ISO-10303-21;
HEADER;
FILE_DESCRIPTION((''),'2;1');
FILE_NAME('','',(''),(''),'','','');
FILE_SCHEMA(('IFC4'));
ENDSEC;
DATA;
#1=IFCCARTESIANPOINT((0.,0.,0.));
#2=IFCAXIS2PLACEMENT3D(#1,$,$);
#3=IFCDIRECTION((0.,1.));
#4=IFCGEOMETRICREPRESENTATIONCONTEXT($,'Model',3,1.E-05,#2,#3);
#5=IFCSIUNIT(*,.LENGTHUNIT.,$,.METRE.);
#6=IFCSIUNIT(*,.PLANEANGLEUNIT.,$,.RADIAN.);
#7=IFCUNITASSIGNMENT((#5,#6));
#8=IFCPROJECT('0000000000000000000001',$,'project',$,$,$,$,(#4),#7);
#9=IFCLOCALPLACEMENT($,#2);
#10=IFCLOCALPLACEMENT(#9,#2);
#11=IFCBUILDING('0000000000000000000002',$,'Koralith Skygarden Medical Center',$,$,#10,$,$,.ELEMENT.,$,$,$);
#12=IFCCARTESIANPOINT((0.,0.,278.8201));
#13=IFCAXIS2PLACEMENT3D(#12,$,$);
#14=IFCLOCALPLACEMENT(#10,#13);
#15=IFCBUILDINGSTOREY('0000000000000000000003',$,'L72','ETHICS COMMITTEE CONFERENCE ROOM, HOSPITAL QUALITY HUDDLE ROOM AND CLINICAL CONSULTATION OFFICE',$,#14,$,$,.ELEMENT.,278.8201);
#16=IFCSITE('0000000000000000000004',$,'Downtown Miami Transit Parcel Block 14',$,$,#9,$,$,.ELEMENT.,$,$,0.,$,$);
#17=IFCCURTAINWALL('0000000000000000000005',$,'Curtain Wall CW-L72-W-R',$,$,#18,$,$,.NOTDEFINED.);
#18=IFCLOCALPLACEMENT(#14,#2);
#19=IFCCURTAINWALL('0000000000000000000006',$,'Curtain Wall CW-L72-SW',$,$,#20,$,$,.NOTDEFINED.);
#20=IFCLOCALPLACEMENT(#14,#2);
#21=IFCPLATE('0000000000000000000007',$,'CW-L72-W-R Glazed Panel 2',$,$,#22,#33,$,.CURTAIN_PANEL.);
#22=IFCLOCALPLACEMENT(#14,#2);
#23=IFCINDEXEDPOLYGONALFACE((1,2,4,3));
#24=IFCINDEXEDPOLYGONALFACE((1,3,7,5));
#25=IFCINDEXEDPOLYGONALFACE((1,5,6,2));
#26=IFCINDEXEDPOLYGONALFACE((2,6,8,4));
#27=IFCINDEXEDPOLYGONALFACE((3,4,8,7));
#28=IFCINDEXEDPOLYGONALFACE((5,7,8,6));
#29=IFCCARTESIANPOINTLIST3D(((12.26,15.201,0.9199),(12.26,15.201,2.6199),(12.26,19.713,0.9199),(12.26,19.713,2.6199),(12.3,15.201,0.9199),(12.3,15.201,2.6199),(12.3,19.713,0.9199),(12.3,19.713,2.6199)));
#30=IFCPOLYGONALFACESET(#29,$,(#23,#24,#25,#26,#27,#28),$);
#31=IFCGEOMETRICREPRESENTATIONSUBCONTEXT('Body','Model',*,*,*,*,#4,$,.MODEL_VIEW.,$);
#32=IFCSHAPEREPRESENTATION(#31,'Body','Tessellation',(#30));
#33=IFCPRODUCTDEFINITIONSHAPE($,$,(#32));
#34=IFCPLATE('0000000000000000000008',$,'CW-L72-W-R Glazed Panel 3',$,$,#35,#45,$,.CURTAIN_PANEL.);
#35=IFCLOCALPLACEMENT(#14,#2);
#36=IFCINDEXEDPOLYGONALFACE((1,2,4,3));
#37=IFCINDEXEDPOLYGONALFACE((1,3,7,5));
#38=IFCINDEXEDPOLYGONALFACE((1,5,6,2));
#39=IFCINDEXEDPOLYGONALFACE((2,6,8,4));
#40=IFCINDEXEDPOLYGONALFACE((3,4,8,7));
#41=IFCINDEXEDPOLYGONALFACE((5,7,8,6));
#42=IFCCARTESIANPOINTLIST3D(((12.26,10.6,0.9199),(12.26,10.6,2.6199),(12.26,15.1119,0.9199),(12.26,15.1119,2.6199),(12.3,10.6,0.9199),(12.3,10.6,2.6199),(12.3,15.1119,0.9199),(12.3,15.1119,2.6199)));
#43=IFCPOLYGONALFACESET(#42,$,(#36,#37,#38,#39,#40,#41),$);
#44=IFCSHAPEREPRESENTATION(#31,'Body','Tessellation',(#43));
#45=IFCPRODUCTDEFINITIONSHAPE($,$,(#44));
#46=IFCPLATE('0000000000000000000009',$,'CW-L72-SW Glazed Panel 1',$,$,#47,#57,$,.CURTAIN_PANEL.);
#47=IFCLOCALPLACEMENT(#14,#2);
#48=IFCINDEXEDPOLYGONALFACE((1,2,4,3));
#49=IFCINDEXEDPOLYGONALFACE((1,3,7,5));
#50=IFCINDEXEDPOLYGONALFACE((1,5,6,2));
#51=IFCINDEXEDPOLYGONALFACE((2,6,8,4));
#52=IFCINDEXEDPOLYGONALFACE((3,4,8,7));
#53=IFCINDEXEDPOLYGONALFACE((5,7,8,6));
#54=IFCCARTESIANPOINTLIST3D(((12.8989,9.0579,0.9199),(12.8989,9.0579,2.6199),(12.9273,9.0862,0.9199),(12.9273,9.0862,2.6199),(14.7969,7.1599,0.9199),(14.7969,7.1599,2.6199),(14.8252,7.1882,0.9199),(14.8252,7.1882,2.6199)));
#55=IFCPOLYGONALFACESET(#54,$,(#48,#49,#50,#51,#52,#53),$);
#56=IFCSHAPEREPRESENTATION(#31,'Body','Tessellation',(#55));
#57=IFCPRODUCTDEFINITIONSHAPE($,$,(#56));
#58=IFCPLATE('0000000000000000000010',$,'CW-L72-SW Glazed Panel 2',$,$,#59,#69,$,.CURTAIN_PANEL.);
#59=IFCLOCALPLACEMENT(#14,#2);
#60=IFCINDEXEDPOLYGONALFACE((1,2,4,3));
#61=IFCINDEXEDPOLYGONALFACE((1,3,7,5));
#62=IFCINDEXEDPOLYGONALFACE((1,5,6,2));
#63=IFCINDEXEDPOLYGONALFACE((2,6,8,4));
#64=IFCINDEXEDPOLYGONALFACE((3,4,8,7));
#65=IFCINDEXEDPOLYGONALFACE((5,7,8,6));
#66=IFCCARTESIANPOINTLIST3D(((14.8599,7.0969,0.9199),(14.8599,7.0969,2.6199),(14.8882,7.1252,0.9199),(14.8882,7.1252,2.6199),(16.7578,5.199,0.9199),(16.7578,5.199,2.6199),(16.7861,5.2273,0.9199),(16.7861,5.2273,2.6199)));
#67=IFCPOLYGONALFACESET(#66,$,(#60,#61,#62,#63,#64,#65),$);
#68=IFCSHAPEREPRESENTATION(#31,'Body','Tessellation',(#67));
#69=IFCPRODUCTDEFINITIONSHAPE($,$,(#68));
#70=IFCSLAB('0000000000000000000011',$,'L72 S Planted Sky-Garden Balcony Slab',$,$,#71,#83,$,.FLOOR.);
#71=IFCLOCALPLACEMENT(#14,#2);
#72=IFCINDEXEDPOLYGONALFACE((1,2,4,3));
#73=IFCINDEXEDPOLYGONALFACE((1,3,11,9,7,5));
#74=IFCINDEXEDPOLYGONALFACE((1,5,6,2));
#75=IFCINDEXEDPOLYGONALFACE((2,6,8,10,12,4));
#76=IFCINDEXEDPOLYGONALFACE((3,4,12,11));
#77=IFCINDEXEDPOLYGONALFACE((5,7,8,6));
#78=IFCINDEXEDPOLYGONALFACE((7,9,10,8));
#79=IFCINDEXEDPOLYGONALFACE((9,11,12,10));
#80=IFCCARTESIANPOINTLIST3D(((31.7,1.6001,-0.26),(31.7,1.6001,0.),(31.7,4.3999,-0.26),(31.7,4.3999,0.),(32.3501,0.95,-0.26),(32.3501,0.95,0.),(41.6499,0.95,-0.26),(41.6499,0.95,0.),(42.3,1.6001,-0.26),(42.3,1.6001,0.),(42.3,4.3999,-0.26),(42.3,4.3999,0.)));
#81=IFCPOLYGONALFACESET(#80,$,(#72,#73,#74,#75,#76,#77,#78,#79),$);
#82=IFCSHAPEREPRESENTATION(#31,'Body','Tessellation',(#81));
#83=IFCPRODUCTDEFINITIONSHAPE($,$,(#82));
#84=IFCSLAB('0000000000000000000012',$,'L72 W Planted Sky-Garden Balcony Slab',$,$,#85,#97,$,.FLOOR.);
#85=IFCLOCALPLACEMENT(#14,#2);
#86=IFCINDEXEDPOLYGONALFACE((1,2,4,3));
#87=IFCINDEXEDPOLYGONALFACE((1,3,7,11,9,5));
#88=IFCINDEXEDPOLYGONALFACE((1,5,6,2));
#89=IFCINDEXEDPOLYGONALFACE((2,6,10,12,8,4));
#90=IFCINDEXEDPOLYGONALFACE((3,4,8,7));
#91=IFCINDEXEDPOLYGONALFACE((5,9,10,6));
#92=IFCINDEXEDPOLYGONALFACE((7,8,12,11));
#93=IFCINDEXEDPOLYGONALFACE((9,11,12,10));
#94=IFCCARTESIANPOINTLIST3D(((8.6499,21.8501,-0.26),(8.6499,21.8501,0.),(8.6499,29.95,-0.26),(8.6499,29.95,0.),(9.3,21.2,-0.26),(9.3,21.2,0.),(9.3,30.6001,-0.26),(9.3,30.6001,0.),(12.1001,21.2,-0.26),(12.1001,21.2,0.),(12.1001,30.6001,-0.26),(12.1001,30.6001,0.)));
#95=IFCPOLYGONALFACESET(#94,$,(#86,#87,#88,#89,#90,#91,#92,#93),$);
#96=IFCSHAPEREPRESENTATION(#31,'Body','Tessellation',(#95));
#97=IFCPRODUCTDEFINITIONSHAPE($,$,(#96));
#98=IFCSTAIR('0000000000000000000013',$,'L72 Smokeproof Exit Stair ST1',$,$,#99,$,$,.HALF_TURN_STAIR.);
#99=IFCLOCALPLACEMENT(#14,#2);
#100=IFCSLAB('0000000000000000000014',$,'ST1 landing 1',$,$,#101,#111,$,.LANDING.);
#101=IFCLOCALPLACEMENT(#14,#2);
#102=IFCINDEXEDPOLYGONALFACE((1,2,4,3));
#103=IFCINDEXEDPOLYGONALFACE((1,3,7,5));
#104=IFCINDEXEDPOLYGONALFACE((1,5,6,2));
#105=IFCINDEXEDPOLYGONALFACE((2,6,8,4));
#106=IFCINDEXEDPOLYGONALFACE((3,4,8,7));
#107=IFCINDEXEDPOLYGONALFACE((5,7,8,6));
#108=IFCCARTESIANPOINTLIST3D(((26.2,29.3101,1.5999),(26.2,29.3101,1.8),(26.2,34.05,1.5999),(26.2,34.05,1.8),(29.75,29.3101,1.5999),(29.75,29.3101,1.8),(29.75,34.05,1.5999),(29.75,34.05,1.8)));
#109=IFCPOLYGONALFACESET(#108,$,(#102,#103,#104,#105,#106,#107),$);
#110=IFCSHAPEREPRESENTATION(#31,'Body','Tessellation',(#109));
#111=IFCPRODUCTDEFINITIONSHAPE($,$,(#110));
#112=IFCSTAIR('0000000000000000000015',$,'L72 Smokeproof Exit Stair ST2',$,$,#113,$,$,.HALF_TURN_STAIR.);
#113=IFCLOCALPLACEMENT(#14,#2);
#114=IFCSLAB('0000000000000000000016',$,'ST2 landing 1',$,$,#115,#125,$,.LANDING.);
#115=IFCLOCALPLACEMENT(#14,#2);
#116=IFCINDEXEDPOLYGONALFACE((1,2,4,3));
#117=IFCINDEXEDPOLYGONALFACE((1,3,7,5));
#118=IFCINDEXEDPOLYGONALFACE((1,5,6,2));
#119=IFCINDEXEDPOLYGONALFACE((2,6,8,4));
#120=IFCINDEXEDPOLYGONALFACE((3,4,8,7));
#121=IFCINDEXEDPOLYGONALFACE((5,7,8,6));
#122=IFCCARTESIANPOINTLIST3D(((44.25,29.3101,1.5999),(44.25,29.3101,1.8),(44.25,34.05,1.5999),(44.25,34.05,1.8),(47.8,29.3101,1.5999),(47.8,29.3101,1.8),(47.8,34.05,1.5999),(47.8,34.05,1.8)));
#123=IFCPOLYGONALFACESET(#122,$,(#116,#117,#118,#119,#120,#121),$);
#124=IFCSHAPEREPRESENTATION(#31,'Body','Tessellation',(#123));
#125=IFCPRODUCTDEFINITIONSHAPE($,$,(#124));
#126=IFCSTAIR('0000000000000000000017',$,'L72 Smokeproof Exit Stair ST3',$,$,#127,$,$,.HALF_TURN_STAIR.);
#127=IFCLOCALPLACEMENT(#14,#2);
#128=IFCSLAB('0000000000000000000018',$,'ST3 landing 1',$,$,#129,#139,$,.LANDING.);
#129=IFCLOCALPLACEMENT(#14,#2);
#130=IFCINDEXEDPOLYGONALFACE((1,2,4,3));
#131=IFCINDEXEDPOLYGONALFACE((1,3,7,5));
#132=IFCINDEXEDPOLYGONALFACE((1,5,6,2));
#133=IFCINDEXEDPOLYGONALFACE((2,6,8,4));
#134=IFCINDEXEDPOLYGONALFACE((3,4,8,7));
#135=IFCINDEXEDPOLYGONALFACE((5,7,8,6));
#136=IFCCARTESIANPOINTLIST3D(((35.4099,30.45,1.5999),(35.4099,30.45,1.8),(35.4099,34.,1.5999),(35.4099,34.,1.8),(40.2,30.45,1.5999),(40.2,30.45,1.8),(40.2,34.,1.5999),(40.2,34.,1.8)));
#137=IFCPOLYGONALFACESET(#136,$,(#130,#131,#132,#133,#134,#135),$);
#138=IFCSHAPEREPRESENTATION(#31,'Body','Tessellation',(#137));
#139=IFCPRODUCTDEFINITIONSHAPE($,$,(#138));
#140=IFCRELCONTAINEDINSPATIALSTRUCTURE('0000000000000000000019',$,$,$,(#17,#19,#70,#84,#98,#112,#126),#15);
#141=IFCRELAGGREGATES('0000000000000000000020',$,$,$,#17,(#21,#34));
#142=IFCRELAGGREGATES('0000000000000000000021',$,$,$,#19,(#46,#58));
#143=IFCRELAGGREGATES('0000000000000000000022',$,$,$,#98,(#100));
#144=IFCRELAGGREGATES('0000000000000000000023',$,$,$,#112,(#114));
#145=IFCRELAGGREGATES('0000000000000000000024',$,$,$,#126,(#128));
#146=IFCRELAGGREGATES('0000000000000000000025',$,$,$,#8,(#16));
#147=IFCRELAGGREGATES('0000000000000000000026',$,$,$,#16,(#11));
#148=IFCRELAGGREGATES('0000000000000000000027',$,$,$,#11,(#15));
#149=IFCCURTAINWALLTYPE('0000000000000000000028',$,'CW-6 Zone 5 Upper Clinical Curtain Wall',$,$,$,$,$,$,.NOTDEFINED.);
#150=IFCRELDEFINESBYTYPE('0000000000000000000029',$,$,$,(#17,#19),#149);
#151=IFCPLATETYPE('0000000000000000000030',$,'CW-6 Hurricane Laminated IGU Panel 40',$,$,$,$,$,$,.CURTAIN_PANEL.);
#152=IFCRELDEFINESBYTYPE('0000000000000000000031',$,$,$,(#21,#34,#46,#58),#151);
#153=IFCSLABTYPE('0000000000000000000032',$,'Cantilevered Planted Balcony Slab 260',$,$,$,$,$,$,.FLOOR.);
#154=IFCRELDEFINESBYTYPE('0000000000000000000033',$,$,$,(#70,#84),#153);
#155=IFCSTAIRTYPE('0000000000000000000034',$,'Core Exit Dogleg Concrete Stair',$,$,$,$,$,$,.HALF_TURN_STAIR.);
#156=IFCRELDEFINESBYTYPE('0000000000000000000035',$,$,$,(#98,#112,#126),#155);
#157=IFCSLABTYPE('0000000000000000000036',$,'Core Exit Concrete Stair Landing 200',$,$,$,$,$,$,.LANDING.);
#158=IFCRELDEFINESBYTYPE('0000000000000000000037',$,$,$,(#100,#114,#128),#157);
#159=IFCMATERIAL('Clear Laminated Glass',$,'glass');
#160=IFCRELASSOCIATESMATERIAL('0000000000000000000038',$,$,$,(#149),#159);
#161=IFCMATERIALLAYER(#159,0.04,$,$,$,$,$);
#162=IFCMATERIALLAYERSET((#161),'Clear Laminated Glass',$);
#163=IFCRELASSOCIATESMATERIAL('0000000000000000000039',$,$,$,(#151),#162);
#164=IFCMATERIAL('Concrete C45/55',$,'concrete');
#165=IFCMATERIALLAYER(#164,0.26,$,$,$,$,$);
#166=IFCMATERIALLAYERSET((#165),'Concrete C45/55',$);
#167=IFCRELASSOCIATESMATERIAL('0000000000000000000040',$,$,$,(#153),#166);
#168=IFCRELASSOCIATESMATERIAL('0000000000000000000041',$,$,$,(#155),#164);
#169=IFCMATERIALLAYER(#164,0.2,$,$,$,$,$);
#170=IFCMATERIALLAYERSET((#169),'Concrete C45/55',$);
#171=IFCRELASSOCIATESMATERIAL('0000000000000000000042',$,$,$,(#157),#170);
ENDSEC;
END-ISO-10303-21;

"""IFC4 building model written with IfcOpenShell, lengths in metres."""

from ifc_helpers import new_model, si_unit, direction, frame, origin, origin_2d, place, context, subcontext, project, spatial, polyline, rectangle, outline, extrude, material, layer, layer_set, type_object, element, aggregate, save


model = new_model("IFC4")

# Units and contexts
model_context = context("Model", 3, precision=1e-05, world=origin(), true_north=direction((0.0, 1.0)))
body_context = subcontext(model_context, "Body", "Model", "MODEL_VIEW")
ifc_project = project(units=[si_unit("LENGTHUNIT", "METRE"), si_unit("PLANEANGLEUNIT", "RADIAN")], contexts=[model_context])

# Site, building, storey
site_placement = place(None, origin())
site = spatial("IfcSite", under=ifc_project, at=site_placement, Name="Downtown Miami Transit Parcel Block 14", CompositionType="ELEMENT", RefElevation=0.0)
building_placement = place(site_placement, origin())
building = spatial("IfcBuilding", under=site, at=building_placement, Name="Koralith Skygarden Medical Center", CompositionType="ELEMENT")
storey_placement = place(building_placement, frame((0.0, 0.0, 278.8201)))
storey = spatial("IfcBuildingStorey", under=building, at=storey_placement, Name="L72", Description="ETHICS COMMITTEE CONFERENCE ROOM, HOSPITAL QUALITY HUDDLE ROOM AND CLINICAL CONSULTATION OFFICE", CompositionType="ELEMENT", Elevation=278.8201)

# Shared definitions
ifc_material_1 = material(Name="Clear Laminated Glass", Category="glass")
curtain_wall_type = type_object("IfcCurtainWallType", Name="CW-6 Zone 5 Upper Clinical Curtain Wall", PredefinedType="NOTDEFINED", material=ifc_material_1)

# Curtain walls
curtain_wall_1_placement = place(storey_placement, origin())
curtain_wall_1 = element("IfcCurtainWall", 1, at=curtain_wall_1_placement, inside=storey, type_object=curtain_wall_type, Name="Curtain Wall CW-L72-W-R", PredefinedType="NOTDEFINED")
curtain_wall_2_placement = place(storey_placement, origin())
curtain_wall_2 = element("IfcCurtainWall", 2, at=curtain_wall_2_placement, inside=storey, type_object=curtain_wall_type, Name="Curtain Wall CW-L72-SW", PredefinedType="NOTDEFINED")

# Shared definitions
ifc_material_2 = material(Name="Concrete C45/55", Category="concrete")

# Plates
ifc_layer_1 = layer(ifc_material_1, 0.04)
ifc_layer_set_1 = layer_set([ifc_layer_1], Name="Clear Laminated Glass")
plate_type_1 = type_object("IfcPlateType", Name="CW-6 Hurricane Laminated IGU Panel 40", PredefinedType="CURTAIN_PANEL", material=ifc_layer_set_1)
plate_1_placement = place(storey_placement, frame((12.28, 17.457, 0.9199), z_axis=(0.0, 0.0, 1.0), x_axis=(0.0, -1.0, 0.0)))
plate_1 = element("IfcPlate", 3, at=plate_1_placement, type_object=plate_type_1, Name="CW-L72-W-R Glazed Panel 2", PredefinedType="CURTAIN_PANEL", context=body_context, shape_type="SweptSolid", body=[
    extrude(rectangle(XDim=4.512, YDim=0.04, at=origin_2d()), origin(), (0.0, 0.0, 1.0), 1.7),
])
plate_2_placement = place(storey_placement, frame((12.28, 12.856, 0.9199), z_axis=(0.0, 0.0, 1.0), x_axis=(0.0, -1.0, 0.0)))
plate_2 = element("IfcPlate", 4, at=plate_2_placement, type_object=plate_type_1, Name="CW-L72-W-R Glazed Panel 3", PredefinedType="CURTAIN_PANEL", context=body_context, shape_type="SweptSolid", body=[
    extrude(rectangle(XDim=4.512, YDim=0.04, at=origin_2d()), origin(), (0.0, 0.0, 1.0), 1.7),
])
aggregate(curtain_wall_1, [plate_1, plate_2])
plate_3_placement = place(storey_placement, frame((13.8621, 8.123, 0.9199), z_axis=(0.0, 0.0, 1.0), x_axis=(0.707107, -0.707107, 0.0)))
plate_3 = element("IfcPlate", 5, at=plate_3_placement, type_object=plate_type_1, Name="CW-L72-SW Glazed Panel 1", PredefinedType="CURTAIN_PANEL", context=body_context, shape_type="SweptSolid", body=[
    extrude(rectangle(XDim=2.6841, YDim=0.04, at=origin_2d()), origin(), (0.0, 0.0, 1.0), 1.7),
])
plate_4_placement = place(storey_placement, frame((15.823, 6.1621, 0.9199), z_axis=(0.0, 0.0, 1.0), x_axis=(0.707107, -0.707107, 0.0)))
plate_4 = element("IfcPlate", 6, at=plate_4_placement, type_object=plate_type_1, Name="CW-L72-SW Glazed Panel 2", PredefinedType="CURTAIN_PANEL", context=body_context, shape_type="SweptSolid", body=[
    extrude(rectangle(XDim=2.6841, YDim=0.04, at=origin_2d()), origin(), (0.0, 0.0, 1.0), 1.7),
])
aggregate(curtain_wall_2, [plate_3, plate_4])

# Slabs
ifc_layer_2 = layer(ifc_material_2, 0.26)
ifc_layer_set_2 = layer_set([ifc_layer_2], Name="Concrete C45/55")
slab_type_1 = type_object("IfcSlabType", Name="Cantilevered Planted Balcony Slab 260", PredefinedType="FLOOR", material=ifc_layer_set_2)
slab_1_placement = place(storey_placement, frame((0.0, 0.0, -0.26)))
element("IfcSlab", 7, at=slab_1_placement, inside=storey, type_object=slab_type_1, Name="L72 S Planted Sky-Garden Balcony Slab", PredefinedType="FLOOR", context=body_context, shape_type="SweptSolid", body=[
    extrude(outline(polyline([(32.3501, 0.95), (41.6499, 0.95), (42.3, 1.6001), (42.3, 4.3999), (31.7, 4.3999), (31.7, 1.6001), (32.3501, 0.95)])), origin(), (0.0, 0.0, 1.0), 0.26),
])
slab_2_placement = place(storey_placement, frame((0.0, 0.0, -0.26)))
element("IfcSlab", 8, at=slab_2_placement, inside=storey, type_object=slab_type_1, Name="L72 W Planted Sky-Garden Balcony Slab", PredefinedType="FLOOR", context=body_context, shape_type="SweptSolid", body=[
    extrude(outline(polyline([(9.3, 21.2), (12.1001, 21.2), (12.1001, 30.6001), (9.3, 30.6001), (8.6499, 29.95), (8.6499, 21.8501), (9.3, 21.2)])), origin(), (0.0, 0.0, 1.0), 0.26),
])

# Stairs, slabs
stair_type = type_object("IfcStairType", Name="Core Exit Dogleg Concrete Stair", PredefinedType="HALF_TURN_STAIR", material=ifc_material_2)
stair_1_placement = place(storey_placement, origin())
stair_1 = element("IfcStair", 9, at=stair_1_placement, inside=storey, type_object=stair_type, Name="L72 Smokeproof Exit Stair ST1", PredefinedType="HALF_TURN_STAIR")
ifc_layer_3 = layer(ifc_material_2, 0.2)
ifc_layer_set_3 = layer_set([ifc_layer_3], Name="Concrete C45/55")
slab_type_2 = type_object("IfcSlabType", Name="Core Exit Concrete Stair Landing 200", PredefinedType="LANDING", material=ifc_layer_set_3)
slab_3_placement = place(storey_placement, frame((0.0, 0.0, 1.5999)))
slab_3 = element("IfcSlab", 10, at=slab_3_placement, type_object=slab_type_2, Name="ST1 landing 1", PredefinedType="LANDING", context=body_context, shape_type="SweptSolid", body=[
    extrude(outline(polyline([(29.75, 29.3101), (29.75, 34.05), (26.2, 34.05), (26.2, 29.3101), (29.75, 29.3101)])), origin(), (0.0, 0.0, 1.0), 0.2002),
])
aggregate(stair_1, [slab_3])
stair_2_placement = place(storey_placement, origin())
stair_2 = element("IfcStair", 11, at=stair_2_placement, inside=storey, type_object=stair_type, Name="L72 Smokeproof Exit Stair ST2", PredefinedType="HALF_TURN_STAIR")
slab_4_placement = place(storey_placement, frame((0.0, 0.0, 1.5999)))
slab_4 = element("IfcSlab", 12, at=slab_4_placement, type_object=slab_type_2, Name="ST2 landing 1", PredefinedType="LANDING", context=body_context, shape_type="SweptSolid", body=[
    extrude(outline(polyline([(47.8, 29.3101), (47.8, 34.05), (44.25, 34.05), (44.25, 29.3101), (47.8, 29.3101)])), origin(), (0.0, 0.0, 1.0), 0.2002),
])
aggregate(stair_2, [slab_4])
stair_3_placement = place(storey_placement, origin())
stair_3 = element("IfcStair", 13, at=stair_3_placement, inside=storey, type_object=stair_type, Name="L72 Smokeproof Exit Stair ST3", PredefinedType="HALF_TURN_STAIR")
slab_5_placement = place(storey_placement, frame((0.0, 0.0, 1.5999)))
slab_5 = element("IfcSlab", 14, at=slab_5_placement, type_object=slab_type_2, Name="ST3 landing 1", PredefinedType="LANDING", context=body_context, shape_type="SweptSolid", body=[
    extrude(outline(polyline([(35.4099, 30.45), (40.2, 30.45), (40.2, 34.0), (35.4099, 34.0), (35.4099, 30.45)])), origin(), (0.0, 0.0, 1.0), 0.2002),
])
aggregate(stair_3, [slab_5])

save(model, "model.ifc")
